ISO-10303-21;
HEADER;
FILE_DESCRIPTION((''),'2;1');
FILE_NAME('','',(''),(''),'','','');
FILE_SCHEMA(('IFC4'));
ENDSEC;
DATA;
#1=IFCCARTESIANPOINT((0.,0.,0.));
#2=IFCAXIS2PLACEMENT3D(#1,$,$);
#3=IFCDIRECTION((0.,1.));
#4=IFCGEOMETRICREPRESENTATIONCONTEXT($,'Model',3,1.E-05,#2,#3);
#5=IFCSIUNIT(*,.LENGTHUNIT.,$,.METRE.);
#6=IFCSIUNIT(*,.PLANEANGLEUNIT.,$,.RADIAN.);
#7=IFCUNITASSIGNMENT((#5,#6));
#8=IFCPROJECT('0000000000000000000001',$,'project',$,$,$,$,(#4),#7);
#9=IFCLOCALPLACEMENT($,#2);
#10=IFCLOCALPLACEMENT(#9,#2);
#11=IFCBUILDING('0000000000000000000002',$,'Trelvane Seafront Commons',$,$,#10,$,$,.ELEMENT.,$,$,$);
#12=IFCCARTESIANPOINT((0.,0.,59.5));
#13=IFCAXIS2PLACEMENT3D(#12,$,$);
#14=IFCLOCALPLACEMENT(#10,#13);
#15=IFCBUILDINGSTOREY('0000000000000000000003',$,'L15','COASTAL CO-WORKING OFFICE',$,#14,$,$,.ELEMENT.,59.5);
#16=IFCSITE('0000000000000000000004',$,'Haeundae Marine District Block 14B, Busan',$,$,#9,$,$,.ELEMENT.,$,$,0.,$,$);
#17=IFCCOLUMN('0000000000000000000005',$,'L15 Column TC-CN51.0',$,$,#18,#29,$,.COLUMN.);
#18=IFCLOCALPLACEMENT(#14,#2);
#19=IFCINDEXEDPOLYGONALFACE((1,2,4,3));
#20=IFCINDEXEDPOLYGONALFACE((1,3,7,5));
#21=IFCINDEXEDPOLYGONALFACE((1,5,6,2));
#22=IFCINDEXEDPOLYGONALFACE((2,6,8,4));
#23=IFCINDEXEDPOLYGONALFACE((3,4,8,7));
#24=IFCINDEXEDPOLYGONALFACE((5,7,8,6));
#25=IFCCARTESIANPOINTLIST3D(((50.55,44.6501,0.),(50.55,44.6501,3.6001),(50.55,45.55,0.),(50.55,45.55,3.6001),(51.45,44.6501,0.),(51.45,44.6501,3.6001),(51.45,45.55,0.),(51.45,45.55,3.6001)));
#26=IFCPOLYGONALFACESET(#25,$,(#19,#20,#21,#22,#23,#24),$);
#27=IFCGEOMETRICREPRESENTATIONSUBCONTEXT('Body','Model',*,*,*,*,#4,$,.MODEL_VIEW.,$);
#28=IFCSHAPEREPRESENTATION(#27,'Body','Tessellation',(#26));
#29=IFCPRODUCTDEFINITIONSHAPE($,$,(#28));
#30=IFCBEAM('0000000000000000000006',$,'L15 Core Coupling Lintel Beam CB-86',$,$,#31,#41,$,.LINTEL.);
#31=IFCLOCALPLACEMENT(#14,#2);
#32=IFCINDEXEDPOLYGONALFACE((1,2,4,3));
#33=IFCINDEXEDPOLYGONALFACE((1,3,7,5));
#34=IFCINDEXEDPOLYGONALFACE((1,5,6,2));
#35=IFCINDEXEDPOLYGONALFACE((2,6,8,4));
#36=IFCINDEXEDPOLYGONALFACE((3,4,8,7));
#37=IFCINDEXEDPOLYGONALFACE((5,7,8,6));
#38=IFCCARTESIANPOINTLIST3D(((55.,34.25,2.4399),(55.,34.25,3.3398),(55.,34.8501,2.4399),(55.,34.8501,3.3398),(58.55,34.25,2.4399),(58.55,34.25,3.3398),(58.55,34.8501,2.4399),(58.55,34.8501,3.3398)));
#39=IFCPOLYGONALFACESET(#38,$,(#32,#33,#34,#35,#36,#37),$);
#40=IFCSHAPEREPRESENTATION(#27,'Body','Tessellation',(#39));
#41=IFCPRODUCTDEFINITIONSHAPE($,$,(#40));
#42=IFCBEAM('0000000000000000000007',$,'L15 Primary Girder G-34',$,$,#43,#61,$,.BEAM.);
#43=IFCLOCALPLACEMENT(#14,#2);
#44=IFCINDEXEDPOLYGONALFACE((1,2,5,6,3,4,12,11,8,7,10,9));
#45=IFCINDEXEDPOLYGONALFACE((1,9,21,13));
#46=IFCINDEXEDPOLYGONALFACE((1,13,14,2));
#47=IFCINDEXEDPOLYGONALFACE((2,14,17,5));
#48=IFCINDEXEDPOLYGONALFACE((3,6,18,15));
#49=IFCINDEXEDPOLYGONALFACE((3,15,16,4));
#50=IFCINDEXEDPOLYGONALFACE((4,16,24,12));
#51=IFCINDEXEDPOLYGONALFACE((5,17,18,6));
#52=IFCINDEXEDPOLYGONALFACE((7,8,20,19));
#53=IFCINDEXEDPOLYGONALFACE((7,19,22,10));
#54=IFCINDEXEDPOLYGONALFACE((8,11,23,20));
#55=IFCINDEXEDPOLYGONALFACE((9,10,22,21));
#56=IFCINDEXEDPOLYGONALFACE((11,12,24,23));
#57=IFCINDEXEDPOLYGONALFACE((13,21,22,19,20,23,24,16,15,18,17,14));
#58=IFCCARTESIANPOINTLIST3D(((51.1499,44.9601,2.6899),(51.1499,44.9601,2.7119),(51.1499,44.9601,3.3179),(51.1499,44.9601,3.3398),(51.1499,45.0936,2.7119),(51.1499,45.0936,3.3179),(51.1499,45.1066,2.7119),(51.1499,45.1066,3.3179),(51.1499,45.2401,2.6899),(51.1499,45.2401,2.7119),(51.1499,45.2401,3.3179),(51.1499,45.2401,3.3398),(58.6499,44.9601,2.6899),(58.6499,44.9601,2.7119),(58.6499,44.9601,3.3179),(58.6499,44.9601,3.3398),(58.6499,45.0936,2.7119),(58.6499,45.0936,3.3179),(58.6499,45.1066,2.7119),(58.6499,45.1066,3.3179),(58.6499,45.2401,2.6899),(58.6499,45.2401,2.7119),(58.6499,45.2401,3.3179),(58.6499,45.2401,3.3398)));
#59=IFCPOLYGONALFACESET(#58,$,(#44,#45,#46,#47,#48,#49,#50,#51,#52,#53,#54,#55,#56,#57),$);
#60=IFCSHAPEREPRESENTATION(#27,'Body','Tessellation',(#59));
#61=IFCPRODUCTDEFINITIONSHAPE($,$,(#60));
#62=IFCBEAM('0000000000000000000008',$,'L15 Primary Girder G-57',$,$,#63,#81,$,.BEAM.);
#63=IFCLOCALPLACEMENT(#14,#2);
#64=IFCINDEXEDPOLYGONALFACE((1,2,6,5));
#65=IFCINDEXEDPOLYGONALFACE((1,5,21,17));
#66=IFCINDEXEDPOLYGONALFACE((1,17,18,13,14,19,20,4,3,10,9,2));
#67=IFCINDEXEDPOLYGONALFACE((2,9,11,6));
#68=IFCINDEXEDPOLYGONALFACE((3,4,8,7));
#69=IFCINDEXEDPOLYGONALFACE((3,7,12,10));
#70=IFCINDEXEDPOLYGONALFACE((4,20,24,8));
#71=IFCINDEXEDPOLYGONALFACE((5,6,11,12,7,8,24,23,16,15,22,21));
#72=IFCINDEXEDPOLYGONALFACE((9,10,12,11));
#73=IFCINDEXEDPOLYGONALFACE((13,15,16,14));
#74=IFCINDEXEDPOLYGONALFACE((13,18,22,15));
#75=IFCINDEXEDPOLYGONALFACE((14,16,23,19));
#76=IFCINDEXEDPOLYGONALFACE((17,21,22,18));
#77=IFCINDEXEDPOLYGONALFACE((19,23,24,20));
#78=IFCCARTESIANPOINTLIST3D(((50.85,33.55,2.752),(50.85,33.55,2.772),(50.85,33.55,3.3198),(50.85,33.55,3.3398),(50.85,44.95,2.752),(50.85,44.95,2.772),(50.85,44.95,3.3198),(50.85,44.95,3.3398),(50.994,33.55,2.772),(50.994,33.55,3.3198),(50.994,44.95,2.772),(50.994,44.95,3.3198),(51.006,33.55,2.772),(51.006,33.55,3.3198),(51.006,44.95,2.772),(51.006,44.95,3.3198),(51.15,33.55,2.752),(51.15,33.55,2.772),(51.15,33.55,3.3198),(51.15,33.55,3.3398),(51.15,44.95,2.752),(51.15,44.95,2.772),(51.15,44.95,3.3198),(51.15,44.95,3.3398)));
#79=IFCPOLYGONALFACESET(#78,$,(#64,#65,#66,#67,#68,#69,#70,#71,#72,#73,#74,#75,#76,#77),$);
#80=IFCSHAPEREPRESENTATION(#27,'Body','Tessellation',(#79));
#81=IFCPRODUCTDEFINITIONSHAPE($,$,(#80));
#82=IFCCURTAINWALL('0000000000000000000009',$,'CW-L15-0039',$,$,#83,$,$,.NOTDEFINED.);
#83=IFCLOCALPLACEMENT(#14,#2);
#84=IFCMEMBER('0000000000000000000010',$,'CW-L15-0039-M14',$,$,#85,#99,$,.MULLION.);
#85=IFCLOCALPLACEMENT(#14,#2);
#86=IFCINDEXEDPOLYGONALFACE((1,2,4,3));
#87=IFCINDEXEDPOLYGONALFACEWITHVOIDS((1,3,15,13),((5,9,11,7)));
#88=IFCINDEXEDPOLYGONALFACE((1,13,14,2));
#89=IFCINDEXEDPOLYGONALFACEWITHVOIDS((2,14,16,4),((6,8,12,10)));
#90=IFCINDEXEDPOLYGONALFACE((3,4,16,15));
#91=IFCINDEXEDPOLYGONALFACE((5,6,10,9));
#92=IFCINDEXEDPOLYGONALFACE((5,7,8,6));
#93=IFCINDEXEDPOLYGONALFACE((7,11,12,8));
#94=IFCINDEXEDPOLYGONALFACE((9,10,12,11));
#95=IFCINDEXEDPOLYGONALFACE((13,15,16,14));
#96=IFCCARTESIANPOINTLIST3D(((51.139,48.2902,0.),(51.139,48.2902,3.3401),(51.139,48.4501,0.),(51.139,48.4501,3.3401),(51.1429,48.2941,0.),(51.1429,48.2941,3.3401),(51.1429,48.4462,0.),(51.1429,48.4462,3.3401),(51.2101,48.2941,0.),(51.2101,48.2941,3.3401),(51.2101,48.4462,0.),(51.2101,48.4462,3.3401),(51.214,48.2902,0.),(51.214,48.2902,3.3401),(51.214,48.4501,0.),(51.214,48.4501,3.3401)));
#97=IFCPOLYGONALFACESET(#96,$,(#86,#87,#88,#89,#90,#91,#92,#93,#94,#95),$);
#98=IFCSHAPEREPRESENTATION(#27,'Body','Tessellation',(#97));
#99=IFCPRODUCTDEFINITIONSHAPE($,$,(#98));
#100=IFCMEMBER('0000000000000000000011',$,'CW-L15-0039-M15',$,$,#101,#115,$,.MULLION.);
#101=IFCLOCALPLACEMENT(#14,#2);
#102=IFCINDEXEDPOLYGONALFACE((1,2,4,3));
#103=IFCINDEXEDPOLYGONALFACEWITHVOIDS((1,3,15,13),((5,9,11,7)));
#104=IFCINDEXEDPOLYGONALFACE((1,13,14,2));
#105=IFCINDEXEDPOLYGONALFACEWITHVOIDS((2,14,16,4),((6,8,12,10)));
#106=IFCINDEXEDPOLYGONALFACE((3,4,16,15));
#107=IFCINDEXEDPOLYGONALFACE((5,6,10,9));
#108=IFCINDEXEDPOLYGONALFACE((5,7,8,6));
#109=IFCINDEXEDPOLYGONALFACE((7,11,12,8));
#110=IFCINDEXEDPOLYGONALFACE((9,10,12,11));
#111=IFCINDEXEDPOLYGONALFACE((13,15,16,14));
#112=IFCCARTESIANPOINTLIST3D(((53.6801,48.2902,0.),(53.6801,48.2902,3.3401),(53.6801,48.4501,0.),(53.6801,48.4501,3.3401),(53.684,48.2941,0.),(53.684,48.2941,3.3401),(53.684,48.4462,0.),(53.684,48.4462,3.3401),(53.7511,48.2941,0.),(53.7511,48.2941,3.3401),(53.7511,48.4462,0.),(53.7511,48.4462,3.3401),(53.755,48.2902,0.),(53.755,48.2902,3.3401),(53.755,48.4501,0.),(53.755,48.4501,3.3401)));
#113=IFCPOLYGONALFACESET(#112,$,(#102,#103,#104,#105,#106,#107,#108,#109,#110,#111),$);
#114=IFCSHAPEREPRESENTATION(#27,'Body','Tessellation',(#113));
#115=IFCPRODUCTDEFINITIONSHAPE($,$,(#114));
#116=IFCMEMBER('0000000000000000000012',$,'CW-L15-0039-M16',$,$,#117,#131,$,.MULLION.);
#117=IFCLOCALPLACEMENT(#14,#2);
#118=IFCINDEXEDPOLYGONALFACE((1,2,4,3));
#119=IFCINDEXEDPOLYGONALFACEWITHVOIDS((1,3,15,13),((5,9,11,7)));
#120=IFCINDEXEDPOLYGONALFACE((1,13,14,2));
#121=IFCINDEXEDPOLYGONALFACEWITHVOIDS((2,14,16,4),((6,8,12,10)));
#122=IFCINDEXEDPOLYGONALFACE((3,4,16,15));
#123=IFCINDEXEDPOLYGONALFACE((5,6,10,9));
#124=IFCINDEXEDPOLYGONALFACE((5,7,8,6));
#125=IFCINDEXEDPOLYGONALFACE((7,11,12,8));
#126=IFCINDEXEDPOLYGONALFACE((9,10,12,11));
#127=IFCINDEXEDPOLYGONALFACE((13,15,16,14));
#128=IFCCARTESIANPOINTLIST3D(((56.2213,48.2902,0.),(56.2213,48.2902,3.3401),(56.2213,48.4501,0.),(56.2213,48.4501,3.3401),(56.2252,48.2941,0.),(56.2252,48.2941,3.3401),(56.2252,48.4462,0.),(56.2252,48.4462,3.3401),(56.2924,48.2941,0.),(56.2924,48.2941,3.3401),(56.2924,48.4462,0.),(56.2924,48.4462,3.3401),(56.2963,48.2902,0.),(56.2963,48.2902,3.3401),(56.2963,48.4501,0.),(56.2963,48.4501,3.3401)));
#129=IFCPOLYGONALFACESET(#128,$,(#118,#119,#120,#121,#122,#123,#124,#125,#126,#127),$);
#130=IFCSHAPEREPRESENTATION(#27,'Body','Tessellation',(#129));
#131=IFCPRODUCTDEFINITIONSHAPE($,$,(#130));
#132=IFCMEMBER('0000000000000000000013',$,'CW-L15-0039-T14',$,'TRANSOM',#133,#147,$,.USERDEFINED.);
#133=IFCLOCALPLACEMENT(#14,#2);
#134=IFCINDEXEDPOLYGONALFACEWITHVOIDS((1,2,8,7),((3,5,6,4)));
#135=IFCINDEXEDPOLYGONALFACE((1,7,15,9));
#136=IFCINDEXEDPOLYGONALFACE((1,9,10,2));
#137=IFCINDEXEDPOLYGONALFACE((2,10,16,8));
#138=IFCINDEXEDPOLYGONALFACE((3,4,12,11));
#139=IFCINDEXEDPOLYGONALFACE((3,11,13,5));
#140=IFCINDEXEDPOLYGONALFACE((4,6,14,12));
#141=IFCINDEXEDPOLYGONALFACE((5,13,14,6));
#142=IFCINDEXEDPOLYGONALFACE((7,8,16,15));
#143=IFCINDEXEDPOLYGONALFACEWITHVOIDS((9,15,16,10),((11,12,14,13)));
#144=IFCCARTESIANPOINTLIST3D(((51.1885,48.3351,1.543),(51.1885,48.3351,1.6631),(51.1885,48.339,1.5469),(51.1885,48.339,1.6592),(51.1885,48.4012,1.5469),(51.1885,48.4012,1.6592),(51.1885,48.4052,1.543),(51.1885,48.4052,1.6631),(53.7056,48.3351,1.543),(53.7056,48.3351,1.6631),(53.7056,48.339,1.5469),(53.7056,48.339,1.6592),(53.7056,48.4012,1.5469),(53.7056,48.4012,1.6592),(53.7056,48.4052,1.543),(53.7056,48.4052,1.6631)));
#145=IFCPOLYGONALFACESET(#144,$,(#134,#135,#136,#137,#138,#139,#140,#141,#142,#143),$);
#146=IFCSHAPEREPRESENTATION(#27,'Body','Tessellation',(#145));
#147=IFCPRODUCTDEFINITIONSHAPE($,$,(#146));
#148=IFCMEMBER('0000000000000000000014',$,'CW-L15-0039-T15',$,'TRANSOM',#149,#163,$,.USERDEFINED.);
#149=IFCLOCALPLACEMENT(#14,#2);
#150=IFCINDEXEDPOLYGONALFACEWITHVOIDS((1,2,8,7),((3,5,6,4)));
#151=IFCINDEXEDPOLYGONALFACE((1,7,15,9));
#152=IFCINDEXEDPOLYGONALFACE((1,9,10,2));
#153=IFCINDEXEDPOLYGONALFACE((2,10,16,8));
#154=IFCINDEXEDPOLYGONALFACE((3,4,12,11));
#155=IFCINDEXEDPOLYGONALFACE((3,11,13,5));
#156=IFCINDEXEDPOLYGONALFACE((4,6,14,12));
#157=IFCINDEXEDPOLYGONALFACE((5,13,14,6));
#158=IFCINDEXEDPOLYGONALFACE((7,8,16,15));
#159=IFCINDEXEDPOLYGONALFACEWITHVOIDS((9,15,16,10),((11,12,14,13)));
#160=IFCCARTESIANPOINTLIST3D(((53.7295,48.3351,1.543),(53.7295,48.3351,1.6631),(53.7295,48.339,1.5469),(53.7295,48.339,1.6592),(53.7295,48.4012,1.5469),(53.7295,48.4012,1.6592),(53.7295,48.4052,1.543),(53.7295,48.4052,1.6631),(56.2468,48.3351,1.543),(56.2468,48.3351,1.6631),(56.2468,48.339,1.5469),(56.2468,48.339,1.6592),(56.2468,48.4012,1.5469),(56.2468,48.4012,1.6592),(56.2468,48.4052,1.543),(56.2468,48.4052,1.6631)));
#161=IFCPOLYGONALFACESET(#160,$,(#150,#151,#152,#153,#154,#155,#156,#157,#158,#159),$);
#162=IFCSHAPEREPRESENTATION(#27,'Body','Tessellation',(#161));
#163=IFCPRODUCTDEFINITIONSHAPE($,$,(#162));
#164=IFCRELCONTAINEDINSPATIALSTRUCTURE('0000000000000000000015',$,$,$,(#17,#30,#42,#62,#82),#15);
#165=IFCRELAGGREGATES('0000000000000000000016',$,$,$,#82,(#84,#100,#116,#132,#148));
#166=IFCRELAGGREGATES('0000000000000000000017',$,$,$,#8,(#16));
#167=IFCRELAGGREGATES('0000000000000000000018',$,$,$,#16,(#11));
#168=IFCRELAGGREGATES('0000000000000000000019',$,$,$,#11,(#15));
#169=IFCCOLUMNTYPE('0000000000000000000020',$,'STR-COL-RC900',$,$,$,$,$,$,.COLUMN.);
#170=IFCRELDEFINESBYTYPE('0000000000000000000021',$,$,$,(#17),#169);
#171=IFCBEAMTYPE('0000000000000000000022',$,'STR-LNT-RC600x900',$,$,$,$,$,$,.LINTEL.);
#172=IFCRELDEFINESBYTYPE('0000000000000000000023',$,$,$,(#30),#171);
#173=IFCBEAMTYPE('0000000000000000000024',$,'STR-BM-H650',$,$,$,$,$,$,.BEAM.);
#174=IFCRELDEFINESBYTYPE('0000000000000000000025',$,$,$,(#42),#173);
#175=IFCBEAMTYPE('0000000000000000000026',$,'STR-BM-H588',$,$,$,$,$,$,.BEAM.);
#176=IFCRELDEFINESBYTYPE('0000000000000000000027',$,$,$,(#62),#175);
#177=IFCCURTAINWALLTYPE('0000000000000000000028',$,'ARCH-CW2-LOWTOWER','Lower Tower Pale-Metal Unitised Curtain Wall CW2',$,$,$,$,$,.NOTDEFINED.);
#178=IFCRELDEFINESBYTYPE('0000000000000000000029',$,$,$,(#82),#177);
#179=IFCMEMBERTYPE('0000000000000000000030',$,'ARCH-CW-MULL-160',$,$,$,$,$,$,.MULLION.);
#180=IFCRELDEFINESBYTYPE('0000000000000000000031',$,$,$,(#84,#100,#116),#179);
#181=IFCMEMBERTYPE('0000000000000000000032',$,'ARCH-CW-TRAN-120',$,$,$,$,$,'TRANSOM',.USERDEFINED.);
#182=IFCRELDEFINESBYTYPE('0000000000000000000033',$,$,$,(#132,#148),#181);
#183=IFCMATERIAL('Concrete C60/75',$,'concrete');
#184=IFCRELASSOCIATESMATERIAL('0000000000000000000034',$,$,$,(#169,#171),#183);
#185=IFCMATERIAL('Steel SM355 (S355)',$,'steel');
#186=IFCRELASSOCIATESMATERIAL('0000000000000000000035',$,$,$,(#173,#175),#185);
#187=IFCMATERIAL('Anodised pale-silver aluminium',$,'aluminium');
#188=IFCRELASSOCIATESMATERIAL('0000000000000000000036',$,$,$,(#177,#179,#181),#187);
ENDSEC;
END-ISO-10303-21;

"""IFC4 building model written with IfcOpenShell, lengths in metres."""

from ifc_helpers import new_model, si_unit, direction, frame, origin, origin_2d, place, context, subcontext, project, spatial, rectangle, hollow_rectangle, i_section, extrude, source, transform, mapped, material, material_profile, profile_set, type_object, element, aggregate, save


model = new_model("IFC4")

# Units and contexts
model_context = context("Model", 3, precision=1e-05, world=origin(), true_north=direction((0.0, 1.0)))
body_context = subcontext(model_context, "Body", "Model", "MODEL_VIEW")
ifc_project = project(units=[si_unit("LENGTHUNIT", "METRE"), si_unit("PLANEANGLEUNIT", "RADIAN")], contexts=[model_context])

# Site, building, storey
site_placement = place(None, origin())
site = spatial("IfcSite", under=ifc_project, at=site_placement, Name="Haeundae Marine District Block 14B, Busan", CompositionType="ELEMENT", RefElevation=0.0)
building_placement = place(site_placement, origin())
building = spatial("IfcBuilding", under=site, at=building_placement, Name="Trelvane Seafront Commons", CompositionType="ELEMENT")
storey_placement = place(building_placement, frame((0.0, 0.0, 59.5)))
storey = spatial("IfcBuildingStorey", under=building, at=storey_placement, Name="L15", Description="COASTAL CO-WORKING OFFICE", CompositionType="ELEMENT", Elevation=59.5)

# Column
ifc_material_1 = material(Name="Concrete C60/75", Category="concrete")
ifc_material_profile_1 = material_profile(ifc_material_1, rectangle(XDim=0.8999, YDim=0.8999, at=origin_2d()), Name="RC-900x900")
ifc_profile_set_1 = profile_set([ifc_material_profile_1], Name="Concrete C60/75")
column_type = type_object("IfcColumnType", Name="STR-COL-RC900", PredefinedType="COLUMN", material=ifc_profile_set_1)
shared_shape_1 = source(origin(), body_context, "Body", "SweptSolid", [
    extrude(rectangle(XDim=0.8999, YDim=0.8999, at=origin_2d()), origin(), (0.0, 0.0, 1.0), 3.6001),
])
column_placement = place(storey_placement, frame((51.0, 45.1001, 0.0), z_axis=(0.0, 0.0, 1.0), x_axis=(1.0, 0.0, 0.0)))
element("IfcColumn", 1, at=column_placement, inside=storey, type_object=column_type, Name="L15 Column TC-CN51.0", PredefinedType="COLUMN", context=body_context, shape_type="MappedRepresentation", body=[
    mapped(shared_shape_1, transform((0.0, 0.0, 0.0), x_axis=(1.0, 0.0, 0.0), y_axis=(0.0, 1.0, 0.0), z_axis=(0.0, 0.0, 1.0), scale=1.0)),
])

# Beams
ifc_material_profile_2 = material_profile(ifc_material_1, rectangle(XDim=0.6001, YDim=0.8999, at=origin_2d()), Name="RC-600x900")
ifc_profile_set_2 = profile_set([ifc_material_profile_2], Name="Concrete C60/75")
beam_type_1 = type_object("IfcBeamType", Name="STR-LNT-RC600x900", PredefinedType="LINTEL", material=ifc_profile_set_2)
shared_shape_2 = source(origin(), body_context, "Body", "SweptSolid", [
    extrude(rectangle(XDim=0.6001, YDim=0.8999, at=origin_2d()), origin(), (0.0, 0.0, 1.0), 3.55),
])
beam_1_placement = place(storey_placement, frame((55.0, 34.55, 2.8899), z_axis=(1.0, 0.0, 0.0), x_axis=(0.0, 1.0, 0.0)))
element("IfcBeam", 2, at=beam_1_placement, inside=storey, type_object=beam_type_1, Name="L15 Core Coupling Lintel Beam CB-86", PredefinedType="LINTEL", context=body_context, shape_type="MappedRepresentation", body=[
    mapped(shared_shape_2, transform((0.0, 0.0, 0.0), x_axis=(1.0, 0.0, 0.0), y_axis=(0.0, 1.0, 0.0), z_axis=(0.0, 0.0, 1.0), scale=1.0)),
])
ifc_material_2 = material(Name="Steel SM355 (S355)", Category="steel")
ifc_material_profile_3 = material_profile(ifc_material_2, i_section(OverallWidth=0.28, OverallDepth=0.6499, WebThickness=0.0129, FlangeThickness=0.022, at=origin_2d()), Name="H-650x280x13x22")
ifc_profile_set_3 = profile_set([ifc_material_profile_3], Name="Steel SM355 (S355)")
beam_type_2 = type_object("IfcBeamType", Name="STR-BM-H650", PredefinedType="BEAM", material=ifc_profile_set_3)
shared_shape_3 = source(origin(), body_context, "Body", "SweptSolid", [
    extrude(i_section(OverallWidth=0.28, OverallDepth=0.6499, WebThickness=0.0129, FlangeThickness=0.022, at=origin_2d()), origin(), (0.0, 0.0, 1.0), 7.5),
])
beam_2_placement = place(storey_placement, frame((51.1499, 45.1001, 3.0149), z_axis=(1.0, 0.0, 0.0), x_axis=(0.0, 1.0, 0.0)))
element("IfcBeam", 3, at=beam_2_placement, inside=storey, type_object=beam_type_2, Name="L15 Primary Girder G-34", PredefinedType="BEAM", context=body_context, shape_type="MappedRepresentation", body=[
    mapped(shared_shape_3, transform((0.0, 0.0, 0.0), x_axis=(1.0, 0.0, 0.0), y_axis=(0.0, 1.0, 0.0), z_axis=(0.0, 0.0, 1.0), scale=1.0)),
])
ifc_material_profile_4 = material_profile(ifc_material_2, i_section(OverallWidth=0.3, OverallDepth=0.5879, WebThickness=0.012, FlangeThickness=0.02, at=origin_2d()), Name="H-588x300x12x20")
ifc_profile_set_4 = profile_set([ifc_material_profile_4], Name="Steel SM355 (S355)")
beam_type_3 = type_object("IfcBeamType", Name="STR-BM-H588", PredefinedType="BEAM", material=ifc_profile_set_4)
shared_shape_4 = source(origin(), body_context, "Body", "SweptSolid", [
    extrude(i_section(OverallWidth=0.3, OverallDepth=0.5879, WebThickness=0.012, FlangeThickness=0.02, at=origin_2d()), origin(), (0.0, 0.0, 1.0), 11.3999),
])
beam_3_placement = place(storey_placement, frame((51.0, 33.55, 3.0459), z_axis=(0.0, 1.0, 0.0), x_axis=(-1.0, 0.0, 0.0)))
element("IfcBeam", 4, at=beam_3_placement, inside=storey, type_object=beam_type_3, Name="L15 Primary Girder G-57", PredefinedType="BEAM", context=body_context, shape_type="MappedRepresentation", body=[
    mapped(shared_shape_4, transform((0.0, 0.0, 0.0), x_axis=(1.0, 0.0, 0.0), y_axis=(0.0, 1.0, 0.0), z_axis=(0.0, 0.0, 1.0), scale=1.0)),
])

# Curtain wall, members
ifc_material_3 = material(Name="Anodised pale-silver aluminium", Category="aluminium")
curtain_wall_type = type_object("IfcCurtainWallType", Name="ARCH-CW2-LOWTOWER", Description="Lower Tower Pale-Metal Unitised Curtain Wall CW2", PredefinedType="NOTDEFINED", material=ifc_material_3)
curtain_wall_placement = place(storey_placement, origin())
curtain_wall = element("IfcCurtainWall", 5, at=curtain_wall_placement, inside=storey, type_object=curtain_wall_type, Name="CW-L15-0039", PredefinedType="NOTDEFINED")
ifc_material_profile_5 = material_profile(ifc_material_3, hollow_rectangle(XDim=0.075, YDim=0.1599, WallThickness=0.0039, at=origin_2d()), Name="MULL-75x160x4")
ifc_profile_set_5 = profile_set([ifc_material_profile_5], Name="Anodised pale-silver aluminium")
member_type_1 = type_object("IfcMemberType", Name="ARCH-CW-MULL-160", PredefinedType="MULLION", material=ifc_profile_set_5)
shared_shape_5 = source(origin(), body_context, "Body", "SweptSolid", [
    extrude(hollow_rectangle(XDim=0.075, YDim=0.1599, WallThickness=0.0039, at=origin_2d()), origin(), (0.0, 0.0, 1.0), 3.3401),
])
member_1_placement = place(storey_placement, frame((51.1765, 48.3701, 0.0), z_axis=(0.0, 0.0, 1.0), x_axis=(1.0, 0.0, 0.0)))
member_1 = element("IfcMember", 6, at=member_1_placement, type_object=member_type_1, Name="CW-L15-0039-M14", PredefinedType="MULLION", context=body_context, shape_type="MappedRepresentation", body=[
    mapped(shared_shape_5, transform((0.0, 0.0, 0.0), x_axis=(1.0, 0.0, 0.0), y_axis=(0.0, 1.0, 0.0), z_axis=(0.0, 0.0, 1.0), scale=1.0)),
])
member_2_placement = place(storey_placement, frame((53.7175, 48.3701, 0.0), z_axis=(0.0, 0.0, 1.0), x_axis=(1.0, 0.0, 0.0)))
member_2 = element("IfcMember", 7, at=member_2_placement, type_object=member_type_1, Name="CW-L15-0039-M15", PredefinedType="MULLION", context=body_context, shape_type="MappedRepresentation", body=[
    mapped(shared_shape_5, transform((0.0, 0.0, 0.0), x_axis=(1.0, 0.0, 0.0), y_axis=(0.0, 1.0, 0.0), z_axis=(0.0, 0.0, 1.0), scale=1.0)),
])
member_3_placement = place(storey_placement, frame((56.2588, 48.3701, 0.0), z_axis=(0.0, 0.0, 1.0), x_axis=(1.0, 0.0, 0.0)))
member_3 = element("IfcMember", 8, at=member_3_placement, type_object=member_type_1, Name="CW-L15-0039-M16", PredefinedType="MULLION", context=body_context, shape_type="MappedRepresentation", body=[
    mapped(shared_shape_5, transform((0.0, 0.0, 0.0), x_axis=(1.0, 0.0, 0.0), y_axis=(0.0, 1.0, 0.0), z_axis=(0.0, 0.0, 1.0), scale=1.0)),
])
ifc_material_profile_6 = material_profile(ifc_material_3, hollow_rectangle(XDim=0.0701, YDim=0.1201, WallThickness=0.0039, at=origin_2d()), Name="TRAN-70x120x4")
ifc_profile_set_6 = profile_set([ifc_material_profile_6], Name="Anodised pale-silver aluminium")
member_type_2 = type_object("IfcMemberType", Name="ARCH-CW-TRAN-120", ElementType="TRANSOM", PredefinedType="USERDEFINED", material=ifc_profile_set_6)
shared_shape_6 = source(origin(), body_context, "Body", "SweptSolid", [
    extrude(hollow_rectangle(XDim=0.0701, YDim=0.1201, WallThickness=0.0039, at=origin_2d()), origin(), (0.0, 0.0, 1.0), 2.5171),
])
member_4_placement = place(storey_placement, frame((51.1885, 48.3701, 1.603), z_axis=(1.0, 0.0, 0.0), x_axis=(0.0, 1.0, 0.0)))
member_4 = element("IfcMember", 9, at=member_4_placement, type_object=member_type_2, Name="CW-L15-0039-T14", ObjectType="TRANSOM", PredefinedType="USERDEFINED", context=body_context, shape_type="MappedRepresentation", body=[
    mapped(shared_shape_6, transform((0.0, 0.0, 0.0), x_axis=(1.0, 0.0, 0.0), y_axis=(0.0, 1.0, 0.0), z_axis=(0.0, 0.0, 1.0), scale=1.0)),
])
shared_shape_7 = source(origin(), body_context, "Body", "SweptSolid", [
    extrude(hollow_rectangle(XDim=0.0701, YDim=0.1201, WallThickness=0.0039, at=origin_2d()), origin(), (0.0, 0.0, 1.0), 2.5173),
])
member_5_placement = place(storey_placement, frame((53.7295, 48.3701, 1.603), z_axis=(1.0, 0.0, 0.0), x_axis=(0.0, 1.0, 0.0)))
member_5 = element("IfcMember", 10, at=member_5_placement, type_object=member_type_2, Name="CW-L15-0039-T15", ObjectType="TRANSOM", PredefinedType="USERDEFINED", context=body_context, shape_type="MappedRepresentation", body=[
    mapped(shared_shape_7, transform((0.0, 0.0, 0.0), x_axis=(1.0, 0.0, 0.0), y_axis=(0.0, 1.0, 0.0), z_axis=(0.0, 0.0, 1.0), scale=1.0)),
])
aggregate(curtain_wall, [member_1, member_2, member_3, member_4, member_5])

save(model, "model.ifc")
